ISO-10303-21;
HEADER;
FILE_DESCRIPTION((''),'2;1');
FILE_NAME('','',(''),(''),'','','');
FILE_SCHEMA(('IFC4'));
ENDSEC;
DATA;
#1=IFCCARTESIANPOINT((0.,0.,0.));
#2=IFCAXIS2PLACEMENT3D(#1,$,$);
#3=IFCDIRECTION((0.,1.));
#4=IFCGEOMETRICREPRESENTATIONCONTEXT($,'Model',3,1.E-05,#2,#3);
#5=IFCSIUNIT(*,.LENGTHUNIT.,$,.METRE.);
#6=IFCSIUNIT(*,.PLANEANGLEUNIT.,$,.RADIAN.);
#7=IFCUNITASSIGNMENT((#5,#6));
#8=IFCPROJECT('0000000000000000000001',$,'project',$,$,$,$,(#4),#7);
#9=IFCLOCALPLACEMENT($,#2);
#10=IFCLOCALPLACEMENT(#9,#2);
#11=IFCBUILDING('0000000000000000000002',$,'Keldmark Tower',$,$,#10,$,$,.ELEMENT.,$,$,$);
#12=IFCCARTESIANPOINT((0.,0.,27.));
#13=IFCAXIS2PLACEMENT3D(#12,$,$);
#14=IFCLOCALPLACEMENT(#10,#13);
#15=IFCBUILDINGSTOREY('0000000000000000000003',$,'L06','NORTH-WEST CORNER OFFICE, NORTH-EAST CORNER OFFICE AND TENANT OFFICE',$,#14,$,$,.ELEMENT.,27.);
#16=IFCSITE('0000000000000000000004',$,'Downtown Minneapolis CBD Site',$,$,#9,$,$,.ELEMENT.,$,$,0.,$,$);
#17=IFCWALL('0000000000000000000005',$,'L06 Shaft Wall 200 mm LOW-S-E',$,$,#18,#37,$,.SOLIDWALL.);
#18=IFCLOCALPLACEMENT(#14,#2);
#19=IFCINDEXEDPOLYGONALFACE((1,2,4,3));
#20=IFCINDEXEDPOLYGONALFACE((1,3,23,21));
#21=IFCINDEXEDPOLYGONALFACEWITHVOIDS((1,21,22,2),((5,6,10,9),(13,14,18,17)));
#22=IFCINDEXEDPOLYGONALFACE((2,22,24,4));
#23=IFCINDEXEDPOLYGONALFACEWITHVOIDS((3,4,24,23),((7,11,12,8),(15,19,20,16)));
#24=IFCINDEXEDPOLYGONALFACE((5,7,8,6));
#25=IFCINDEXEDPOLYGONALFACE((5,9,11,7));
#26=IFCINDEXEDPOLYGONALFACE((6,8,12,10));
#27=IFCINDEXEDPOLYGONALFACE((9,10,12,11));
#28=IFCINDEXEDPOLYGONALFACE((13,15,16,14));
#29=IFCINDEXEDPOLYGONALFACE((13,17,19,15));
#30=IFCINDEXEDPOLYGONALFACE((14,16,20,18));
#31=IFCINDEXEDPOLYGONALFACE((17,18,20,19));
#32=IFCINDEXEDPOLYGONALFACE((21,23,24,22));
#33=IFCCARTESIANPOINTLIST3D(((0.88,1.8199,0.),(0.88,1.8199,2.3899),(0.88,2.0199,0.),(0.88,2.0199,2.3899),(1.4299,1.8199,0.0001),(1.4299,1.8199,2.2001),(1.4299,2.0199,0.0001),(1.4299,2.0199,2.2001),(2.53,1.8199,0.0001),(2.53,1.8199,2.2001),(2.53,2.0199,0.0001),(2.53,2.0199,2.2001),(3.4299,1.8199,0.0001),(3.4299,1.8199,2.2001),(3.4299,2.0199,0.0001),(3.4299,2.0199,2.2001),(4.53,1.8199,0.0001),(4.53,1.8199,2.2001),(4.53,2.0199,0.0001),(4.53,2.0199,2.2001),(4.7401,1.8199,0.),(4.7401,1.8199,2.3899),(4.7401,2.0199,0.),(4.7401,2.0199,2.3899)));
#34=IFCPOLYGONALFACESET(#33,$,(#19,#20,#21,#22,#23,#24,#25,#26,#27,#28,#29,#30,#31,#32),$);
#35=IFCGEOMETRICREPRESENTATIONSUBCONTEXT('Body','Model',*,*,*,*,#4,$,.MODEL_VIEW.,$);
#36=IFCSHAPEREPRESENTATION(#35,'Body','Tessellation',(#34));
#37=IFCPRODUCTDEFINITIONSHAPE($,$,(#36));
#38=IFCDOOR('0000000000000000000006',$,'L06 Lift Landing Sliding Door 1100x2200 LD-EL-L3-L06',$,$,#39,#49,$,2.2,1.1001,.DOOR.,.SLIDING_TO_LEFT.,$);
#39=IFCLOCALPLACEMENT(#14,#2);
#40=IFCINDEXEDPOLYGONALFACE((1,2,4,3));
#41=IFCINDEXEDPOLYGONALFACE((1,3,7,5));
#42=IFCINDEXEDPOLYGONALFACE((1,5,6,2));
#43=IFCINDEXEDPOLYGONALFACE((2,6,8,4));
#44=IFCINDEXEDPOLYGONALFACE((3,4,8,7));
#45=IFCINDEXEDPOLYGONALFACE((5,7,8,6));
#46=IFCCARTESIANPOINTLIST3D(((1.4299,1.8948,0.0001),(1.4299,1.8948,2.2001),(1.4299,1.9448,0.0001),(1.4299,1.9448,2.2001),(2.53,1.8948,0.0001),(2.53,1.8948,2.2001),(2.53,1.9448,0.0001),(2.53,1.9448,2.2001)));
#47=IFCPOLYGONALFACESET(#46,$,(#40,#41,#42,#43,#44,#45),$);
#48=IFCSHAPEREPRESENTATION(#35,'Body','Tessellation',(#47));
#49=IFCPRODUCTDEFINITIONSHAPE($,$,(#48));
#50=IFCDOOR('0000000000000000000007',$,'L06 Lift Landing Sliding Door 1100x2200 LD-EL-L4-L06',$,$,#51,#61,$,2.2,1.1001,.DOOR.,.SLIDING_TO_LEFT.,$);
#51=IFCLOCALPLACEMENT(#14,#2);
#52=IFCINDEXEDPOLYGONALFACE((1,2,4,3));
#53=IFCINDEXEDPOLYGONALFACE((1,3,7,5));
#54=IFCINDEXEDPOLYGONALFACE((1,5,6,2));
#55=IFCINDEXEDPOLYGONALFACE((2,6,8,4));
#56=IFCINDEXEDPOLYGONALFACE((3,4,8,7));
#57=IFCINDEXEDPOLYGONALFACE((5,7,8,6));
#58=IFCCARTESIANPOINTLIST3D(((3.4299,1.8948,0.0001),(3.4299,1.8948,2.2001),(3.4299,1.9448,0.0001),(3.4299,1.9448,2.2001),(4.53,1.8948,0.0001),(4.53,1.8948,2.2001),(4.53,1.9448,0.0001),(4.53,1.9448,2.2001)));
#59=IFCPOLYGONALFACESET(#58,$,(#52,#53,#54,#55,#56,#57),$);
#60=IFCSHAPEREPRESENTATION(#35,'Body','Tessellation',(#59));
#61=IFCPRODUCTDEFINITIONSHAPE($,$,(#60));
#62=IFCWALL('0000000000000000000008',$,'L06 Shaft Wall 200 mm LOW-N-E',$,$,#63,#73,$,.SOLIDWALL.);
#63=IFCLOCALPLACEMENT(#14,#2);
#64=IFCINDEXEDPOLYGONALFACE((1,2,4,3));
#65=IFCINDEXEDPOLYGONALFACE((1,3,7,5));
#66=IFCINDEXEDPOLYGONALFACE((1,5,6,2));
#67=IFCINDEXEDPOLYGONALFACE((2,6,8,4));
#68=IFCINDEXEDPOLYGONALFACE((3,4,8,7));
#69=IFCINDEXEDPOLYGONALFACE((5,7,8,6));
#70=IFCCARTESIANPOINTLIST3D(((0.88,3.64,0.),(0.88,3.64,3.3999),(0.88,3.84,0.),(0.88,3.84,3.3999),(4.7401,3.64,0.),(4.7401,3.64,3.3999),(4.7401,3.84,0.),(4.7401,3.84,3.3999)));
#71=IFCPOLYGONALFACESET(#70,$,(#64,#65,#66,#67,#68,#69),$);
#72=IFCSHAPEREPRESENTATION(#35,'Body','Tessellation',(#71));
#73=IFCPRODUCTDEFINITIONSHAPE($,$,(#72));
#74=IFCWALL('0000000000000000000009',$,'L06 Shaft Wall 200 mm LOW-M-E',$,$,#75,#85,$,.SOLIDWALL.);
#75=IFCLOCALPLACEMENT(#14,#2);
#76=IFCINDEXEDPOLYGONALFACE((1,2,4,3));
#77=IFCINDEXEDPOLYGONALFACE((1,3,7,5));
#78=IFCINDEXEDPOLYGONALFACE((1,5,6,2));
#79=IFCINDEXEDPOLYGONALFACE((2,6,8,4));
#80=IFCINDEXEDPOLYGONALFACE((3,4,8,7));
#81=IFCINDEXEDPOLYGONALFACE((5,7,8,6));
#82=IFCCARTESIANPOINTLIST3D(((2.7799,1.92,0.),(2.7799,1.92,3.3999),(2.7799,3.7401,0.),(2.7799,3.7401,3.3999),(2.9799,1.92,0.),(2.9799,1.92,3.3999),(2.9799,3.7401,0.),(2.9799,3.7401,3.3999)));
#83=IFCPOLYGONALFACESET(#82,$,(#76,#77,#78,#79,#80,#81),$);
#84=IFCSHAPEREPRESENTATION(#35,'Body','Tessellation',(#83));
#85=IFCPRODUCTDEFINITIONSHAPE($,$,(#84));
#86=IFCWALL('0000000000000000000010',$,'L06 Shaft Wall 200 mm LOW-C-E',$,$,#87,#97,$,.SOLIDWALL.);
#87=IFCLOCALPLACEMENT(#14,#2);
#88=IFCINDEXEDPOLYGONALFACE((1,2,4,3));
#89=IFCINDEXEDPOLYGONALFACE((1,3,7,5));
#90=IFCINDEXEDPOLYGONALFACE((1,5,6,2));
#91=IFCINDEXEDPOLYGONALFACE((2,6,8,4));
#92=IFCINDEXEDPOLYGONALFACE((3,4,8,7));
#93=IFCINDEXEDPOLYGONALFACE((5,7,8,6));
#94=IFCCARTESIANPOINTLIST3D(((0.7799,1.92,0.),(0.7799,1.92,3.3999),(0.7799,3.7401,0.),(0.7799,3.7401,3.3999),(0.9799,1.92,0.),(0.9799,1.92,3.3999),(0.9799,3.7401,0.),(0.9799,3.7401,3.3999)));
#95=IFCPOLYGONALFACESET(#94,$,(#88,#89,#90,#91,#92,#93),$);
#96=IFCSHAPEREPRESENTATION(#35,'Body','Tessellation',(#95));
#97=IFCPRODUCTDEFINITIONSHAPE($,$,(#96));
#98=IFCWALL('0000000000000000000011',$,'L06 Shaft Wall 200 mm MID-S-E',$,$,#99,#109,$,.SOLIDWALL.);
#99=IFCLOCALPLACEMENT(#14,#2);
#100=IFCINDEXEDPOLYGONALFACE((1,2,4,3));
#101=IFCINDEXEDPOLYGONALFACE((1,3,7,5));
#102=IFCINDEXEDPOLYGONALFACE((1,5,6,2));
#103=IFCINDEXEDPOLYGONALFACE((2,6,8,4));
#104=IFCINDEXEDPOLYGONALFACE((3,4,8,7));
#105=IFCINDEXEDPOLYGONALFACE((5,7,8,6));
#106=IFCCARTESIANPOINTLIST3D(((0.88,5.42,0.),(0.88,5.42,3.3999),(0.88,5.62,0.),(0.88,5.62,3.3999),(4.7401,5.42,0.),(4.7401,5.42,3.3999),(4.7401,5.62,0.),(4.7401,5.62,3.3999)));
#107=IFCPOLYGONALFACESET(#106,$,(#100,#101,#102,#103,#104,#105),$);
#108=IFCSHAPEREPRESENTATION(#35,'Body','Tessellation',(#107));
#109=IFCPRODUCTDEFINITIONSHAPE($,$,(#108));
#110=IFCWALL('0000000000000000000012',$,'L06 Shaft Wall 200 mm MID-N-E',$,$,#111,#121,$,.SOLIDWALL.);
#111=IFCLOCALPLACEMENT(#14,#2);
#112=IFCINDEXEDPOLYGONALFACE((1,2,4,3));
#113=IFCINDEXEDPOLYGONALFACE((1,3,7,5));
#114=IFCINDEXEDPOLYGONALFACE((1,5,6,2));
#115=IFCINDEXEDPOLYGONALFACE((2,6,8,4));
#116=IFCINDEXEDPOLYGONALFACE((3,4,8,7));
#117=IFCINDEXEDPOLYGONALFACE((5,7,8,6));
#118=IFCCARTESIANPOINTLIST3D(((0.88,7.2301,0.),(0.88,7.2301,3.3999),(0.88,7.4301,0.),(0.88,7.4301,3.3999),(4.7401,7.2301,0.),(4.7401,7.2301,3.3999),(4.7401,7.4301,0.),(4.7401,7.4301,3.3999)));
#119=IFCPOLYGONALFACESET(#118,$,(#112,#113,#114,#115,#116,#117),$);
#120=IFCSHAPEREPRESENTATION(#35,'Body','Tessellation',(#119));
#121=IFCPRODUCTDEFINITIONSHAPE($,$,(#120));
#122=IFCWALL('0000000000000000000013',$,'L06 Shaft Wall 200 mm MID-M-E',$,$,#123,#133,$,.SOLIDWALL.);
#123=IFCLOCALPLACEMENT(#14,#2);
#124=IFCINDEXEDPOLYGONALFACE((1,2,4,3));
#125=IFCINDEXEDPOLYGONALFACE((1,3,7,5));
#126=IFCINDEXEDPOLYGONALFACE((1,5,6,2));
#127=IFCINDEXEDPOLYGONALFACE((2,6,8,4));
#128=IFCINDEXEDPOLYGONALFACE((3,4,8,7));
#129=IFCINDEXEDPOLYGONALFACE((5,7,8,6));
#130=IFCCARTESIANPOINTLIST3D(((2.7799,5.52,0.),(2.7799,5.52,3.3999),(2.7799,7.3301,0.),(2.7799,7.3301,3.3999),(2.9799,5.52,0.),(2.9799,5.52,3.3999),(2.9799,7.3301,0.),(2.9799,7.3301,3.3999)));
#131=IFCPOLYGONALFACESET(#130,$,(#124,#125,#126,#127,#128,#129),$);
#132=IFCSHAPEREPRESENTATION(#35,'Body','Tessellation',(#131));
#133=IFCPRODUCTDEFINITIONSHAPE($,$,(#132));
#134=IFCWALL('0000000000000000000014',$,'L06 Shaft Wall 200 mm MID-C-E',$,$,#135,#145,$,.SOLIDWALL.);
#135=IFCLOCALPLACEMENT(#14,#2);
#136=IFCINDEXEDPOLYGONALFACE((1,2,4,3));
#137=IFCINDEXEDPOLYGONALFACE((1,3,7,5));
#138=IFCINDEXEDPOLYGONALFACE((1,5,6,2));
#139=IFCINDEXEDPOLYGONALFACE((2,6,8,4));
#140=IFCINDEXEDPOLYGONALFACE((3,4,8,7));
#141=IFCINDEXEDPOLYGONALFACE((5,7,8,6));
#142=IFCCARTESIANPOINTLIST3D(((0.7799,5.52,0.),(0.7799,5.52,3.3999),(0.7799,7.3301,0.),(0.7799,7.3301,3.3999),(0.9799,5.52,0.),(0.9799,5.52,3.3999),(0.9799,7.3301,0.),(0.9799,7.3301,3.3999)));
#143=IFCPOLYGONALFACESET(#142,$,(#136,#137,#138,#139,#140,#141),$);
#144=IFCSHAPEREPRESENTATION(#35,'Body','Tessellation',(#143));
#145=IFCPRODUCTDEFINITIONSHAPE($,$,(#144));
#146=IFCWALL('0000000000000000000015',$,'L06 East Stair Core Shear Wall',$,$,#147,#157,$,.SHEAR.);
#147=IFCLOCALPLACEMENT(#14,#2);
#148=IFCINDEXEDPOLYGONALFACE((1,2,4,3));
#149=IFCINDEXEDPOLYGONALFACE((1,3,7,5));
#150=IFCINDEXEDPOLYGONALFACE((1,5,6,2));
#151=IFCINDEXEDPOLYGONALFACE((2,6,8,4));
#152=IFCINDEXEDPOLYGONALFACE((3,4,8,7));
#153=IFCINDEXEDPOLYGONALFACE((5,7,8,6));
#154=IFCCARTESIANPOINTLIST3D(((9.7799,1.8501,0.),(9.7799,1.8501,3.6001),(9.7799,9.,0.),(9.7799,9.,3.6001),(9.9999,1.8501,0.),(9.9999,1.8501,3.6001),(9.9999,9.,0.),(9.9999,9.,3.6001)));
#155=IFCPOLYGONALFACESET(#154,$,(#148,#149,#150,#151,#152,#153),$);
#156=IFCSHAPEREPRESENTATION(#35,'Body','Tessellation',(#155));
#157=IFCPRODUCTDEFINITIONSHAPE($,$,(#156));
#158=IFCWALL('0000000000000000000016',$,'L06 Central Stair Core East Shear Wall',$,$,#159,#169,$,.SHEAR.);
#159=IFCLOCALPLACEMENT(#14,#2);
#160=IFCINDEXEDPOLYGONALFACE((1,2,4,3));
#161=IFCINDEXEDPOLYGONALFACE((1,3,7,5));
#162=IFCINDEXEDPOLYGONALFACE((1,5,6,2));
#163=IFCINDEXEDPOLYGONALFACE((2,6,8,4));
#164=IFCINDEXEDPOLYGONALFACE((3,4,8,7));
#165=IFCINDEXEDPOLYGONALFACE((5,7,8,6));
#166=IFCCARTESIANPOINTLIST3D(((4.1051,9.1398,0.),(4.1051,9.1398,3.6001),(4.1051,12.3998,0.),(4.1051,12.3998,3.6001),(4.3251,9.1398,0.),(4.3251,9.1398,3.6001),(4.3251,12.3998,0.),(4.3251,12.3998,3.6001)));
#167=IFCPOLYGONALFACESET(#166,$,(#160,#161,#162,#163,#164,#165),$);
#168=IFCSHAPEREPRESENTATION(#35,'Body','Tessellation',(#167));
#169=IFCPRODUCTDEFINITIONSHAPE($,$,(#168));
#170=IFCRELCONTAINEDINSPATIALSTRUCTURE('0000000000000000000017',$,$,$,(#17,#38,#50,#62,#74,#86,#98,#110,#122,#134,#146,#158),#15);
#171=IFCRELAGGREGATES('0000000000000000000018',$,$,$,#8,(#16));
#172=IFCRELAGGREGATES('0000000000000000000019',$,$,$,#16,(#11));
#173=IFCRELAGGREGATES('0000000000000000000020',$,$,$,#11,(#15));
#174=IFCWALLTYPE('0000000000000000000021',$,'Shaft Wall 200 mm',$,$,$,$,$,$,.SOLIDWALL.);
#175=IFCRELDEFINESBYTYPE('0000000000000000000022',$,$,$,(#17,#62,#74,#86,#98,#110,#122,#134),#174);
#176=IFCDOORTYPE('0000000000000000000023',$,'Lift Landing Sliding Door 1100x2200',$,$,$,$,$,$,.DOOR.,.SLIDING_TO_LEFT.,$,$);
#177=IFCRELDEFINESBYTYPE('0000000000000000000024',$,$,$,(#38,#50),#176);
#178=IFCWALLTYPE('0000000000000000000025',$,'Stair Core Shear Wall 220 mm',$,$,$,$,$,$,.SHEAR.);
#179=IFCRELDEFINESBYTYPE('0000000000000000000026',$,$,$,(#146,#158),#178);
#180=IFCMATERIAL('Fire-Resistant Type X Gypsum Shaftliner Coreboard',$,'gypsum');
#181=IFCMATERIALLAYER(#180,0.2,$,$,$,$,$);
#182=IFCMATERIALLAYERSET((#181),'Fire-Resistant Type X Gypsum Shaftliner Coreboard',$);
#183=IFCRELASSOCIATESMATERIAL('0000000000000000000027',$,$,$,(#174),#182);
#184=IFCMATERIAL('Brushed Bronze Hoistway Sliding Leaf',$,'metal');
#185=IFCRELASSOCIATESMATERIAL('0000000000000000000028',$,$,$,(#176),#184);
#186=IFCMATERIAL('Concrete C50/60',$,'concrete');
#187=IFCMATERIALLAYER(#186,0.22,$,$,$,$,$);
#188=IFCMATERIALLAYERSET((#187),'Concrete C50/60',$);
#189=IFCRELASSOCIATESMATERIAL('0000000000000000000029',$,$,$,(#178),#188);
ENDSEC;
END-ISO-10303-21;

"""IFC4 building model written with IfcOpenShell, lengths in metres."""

from ifc_helpers import new_model, si_unit, direction, frame, frame_2d, origin, place, context, subcontext, project, spatial, rectangle, extrude, material, layer, layer_set, type_object, element, fill, save


model = new_model("IFC4")

# Units and contexts
model_context = context("Model", 3, precision=1e-05, world=origin(), true_north=direction((0.0, 1.0)))
body_context = subcontext(model_context, "Body", "Model", "MODEL_VIEW")
ifc_project = project(units=[si_unit("LENGTHUNIT", "METRE"), si_unit("PLANEANGLEUNIT", "RADIAN")], contexts=[model_context])

# Site, building, storey
site_placement = place(None, origin())
site = spatial("IfcSite", under=ifc_project, at=site_placement, Name="Downtown Minneapolis CBD Site", CompositionType="ELEMENT", RefElevation=0.0)
building_placement = place(site_placement, origin())
building = spatial("IfcBuilding", under=site, at=building_placement, Name="Keldmark Tower", CompositionType="ELEMENT")
storey_placement = place(building_placement, frame((0.0, 0.0, 27.0)))
storey = spatial("IfcBuildingStorey", under=building, at=storey_placement, Name="L06", Description="NORTH-WEST CORNER OFFICE, NORTH-EAST CORNER OFFICE AND TENANT OFFICE", CompositionType="ELEMENT", Elevation=27.0)

# Shared definitions
ifc_material_1 = material(Name="Fire-Resistant Type X Gypsum Shaftliner Coreboard", Category="gypsum")
ifc_layer_1 = layer(ifc_material_1, 0.2)
ifc_layer_set_1 = layer_set([ifc_layer_1], Name="Fire-Resistant Type X Gypsum Shaftliner Coreboard")
wall_type_1 = type_object("IfcWallType", Name="Shaft Wall 200 mm", PredefinedType="SOLIDWALL", material=ifc_layer_set_1)

# Wall, openings, doors
wall_1_placement = place(storey_placement, frame((0.8799, 1.9199, 0.0), z_axis=(0.0, 0.0, 1.0), x_axis=(1.0, 0.0, 0.0)))
wall_1 = element("IfcWall", 1, at=wall_1_placement, inside=storey, type_object=wall_type_1, Name="L06 Shaft Wall 200 mm LOW-S-E", PredefinedType="SOLIDWALL", context=body_context, shape_type="SweptSolid", body=[
    extrude(rectangle(XDim=3.8601, YDim=0.2, at=frame_2d((1.9302, 0.0))), origin(), (0.0, 0.0, 1.0), 2.3899),
])
opening_1_placement = place(wall_1_placement, frame((0.55, 0.0, 0.0)))
opening_1 = element("IfcOpeningElement", 2, at=opening_1_placement, cuts=wall_1, PredefinedType="OPENING", context=body_context, shape_type="SweptSolid", body=[
    extrude(rectangle(XDim=1.1001, YDim=2.2, at=frame_2d((0.55, 1.1001))), frame((0.0, 0.1099, 0.0), z_axis=(0.0, -1.0, 0.0), x_axis=(1.0, 0.0, 0.0)), (0.0, 0.0, 1.0), 0.22),
])
opening_2_placement = place(wall_1_placement, frame((2.55, 0.0, 0.0)))
opening_2 = element("IfcOpeningElement", 3, at=opening_2_placement, cuts=wall_1, PredefinedType="OPENING", context=body_context, shape_type="SweptSolid", body=[
    extrude(rectangle(XDim=1.1001, YDim=2.2, at=frame_2d((0.55, 1.1001))), frame((0.0, 0.1099, 0.0), z_axis=(0.0, -1.0, 0.0), x_axis=(1.0, 0.0, 0.0)), (0.0, 0.0, 1.0), 0.22),
])
ifc_material_2 = material(Name="Brushed Bronze Hoistway Sliding Leaf", Category="metal")
door_type_1 = type_object("IfcDoorType", Name="Lift Landing Sliding Door 1100x2200", OperationType="SLIDING_TO_LEFT", PredefinedType="DOOR", material=ifc_material_2)
door_1_placement = place(opening_1_placement, origin())
door_1 = element("IfcDoor", 4, at=door_1_placement, inside=storey, type_object=door_type_1, Name="L06 Lift Landing Sliding Door 1100x2200 LD-EL-L3-L06", OperationType="SLIDING_TO_LEFT", OverallHeight=2.2, OverallWidth=1.1001, PredefinedType="DOOR", context=body_context, shape_type="SweptSolid", body=[
    extrude(rectangle(XDim=1.1001, YDim=2.2, at=frame_2d((0.55, 1.1001))), frame((0.0, 0.0249, 0.0), z_axis=(0.0, -1.0, 0.0), x_axis=(1.0, 0.0, 0.0)), (0.0, 0.0, 1.0), 0.05),
])
fill(opening_1, door_1)
door_2_placement = place(opening_2_placement, origin())
door_2 = element("IfcDoor", 5, at=door_2_placement, inside=storey, type_object=door_type_1, Name="L06 Lift Landing Sliding Door 1100x2200 LD-EL-L4-L06", OperationType="SLIDING_TO_LEFT", OverallHeight=2.2, OverallWidth=1.1001, PredefinedType="DOOR", context=body_context, shape_type="SweptSolid", body=[
    extrude(rectangle(XDim=1.1001, YDim=2.2, at=frame_2d((0.55, 1.1001))), frame((0.0, 0.0249, 0.0), z_axis=(0.0, -1.0, 0.0), x_axis=(1.0, 0.0, 0.0)), (0.0, 0.0, 1.0), 0.05),
])
fill(opening_2, door_2)

# Walls
wall_2_placement = place(storey_placement, frame((0.8799, 3.74, 0.0), z_axis=(0.0, 0.0, 1.0), x_axis=(1.0, 0.0, 0.0)))
element("IfcWall", 6, at=wall_2_placement, inside=storey, type_object=wall_type_1, Name="L06 Shaft Wall 200 mm LOW-N-E", PredefinedType="SOLIDWALL", context=body_context, shape_type="SweptSolid", body=[
    extrude(rectangle(XDim=3.8601, YDim=0.2, at=frame_2d((1.9302, 0.0))), origin(), (0.0, 0.0, 1.0), 3.3999),
])
for number, where, z_axis, x_axis, name in (
    (7, (2.8799, 1.9199, 0.0), (0.0, 0.0, 1.0), (0.0, 1.0, 0.0), "L06 Shaft Wall 200 mm LOW-M-E"),
    (8, (0.8799, 1.9199, 0.0), (0.0, 0.0, 1.0), (0.0, 1.0, 0.0), "L06 Shaft Wall 200 mm LOW-C-E"),
):
    element("IfcWall", number, at=place(storey_placement, frame(where, z_axis=z_axis, x_axis=x_axis)), inside=storey, type_object=wall_type_1, Name=name, PredefinedType="SOLIDWALL", context=body_context, shape_type="SweptSolid", body=[
        extrude(rectangle(XDim=1.8201, YDim=0.2, at=frame_2d((0.9102, 0.0))), origin(), (0.0, 0.0, 1.0), 3.3999),
    ])
for number, where, z_axis, x_axis, name in (
    (9, (0.8799, 5.52, 0.0), (0.0, 0.0, 1.0), (1.0, 0.0, 0.0), "L06 Shaft Wall 200 mm MID-S-E"),
    (10, (0.8799, 7.3301, 0.0), (0.0, 0.0, 1.0), (1.0, 0.0, 0.0), "L06 Shaft Wall 200 mm MID-N-E"),
):
    element("IfcWall", number, at=place(storey_placement, frame(where, z_axis=z_axis, x_axis=x_axis)), inside=storey, type_object=wall_type_1, Name=name, PredefinedType="SOLIDWALL", context=body_context, shape_type="SweptSolid", body=[
        extrude(rectangle(XDim=3.8601, YDim=0.2, at=frame_2d((1.9302, 0.0))), origin(), (0.0, 0.0, 1.0), 3.3999),
    ])
for number, where, z_axis, x_axis, name in (
    (11, (2.8799, 5.52, 0.0), (0.0, 0.0, 1.0), (0.0, 1.0, 0.0), "L06 Shaft Wall 200 mm MID-M-E"),
    (12, (0.8799, 5.52, 0.0), (0.0, 0.0, 1.0), (0.0, 1.0, 0.0), "L06 Shaft Wall 200 mm MID-C-E"),
):
    element("IfcWall", number, at=place(storey_placement, frame(where, z_axis=z_axis, x_axis=x_axis)), inside=storey, type_object=wall_type_1, Name=name, PredefinedType="SOLIDWALL", context=body_context, shape_type="SweptSolid", body=[
        extrude(rectangle(XDim=1.8101, YDim=0.2, at=frame_2d((0.905, 0.0))), origin(), (0.0, 0.0, 1.0), 3.3999),
    ])
ifc_material_3 = material(Name="Concrete C50/60", Category="concrete")
ifc_layer_2 = layer(ifc_material_3, 0.22)
ifc_layer_set_2 = layer_set([ifc_layer_2], Name="Concrete C50/60")
wall_type_2 = type_object("IfcWallType", Name="Stair Core Shear Wall 220 mm", PredefinedType="SHEAR", material=ifc_layer_set_2)
wall_3_placement = place(storey_placement, frame((9.8899, 1.8501, 0.0), z_axis=(0.0, 0.0, 1.0), x_axis=(0.0, 1.0, 0.0)))
element("IfcWall", 13, at=wall_3_placement, inside=storey, type_object=wall_type_2, Name="L06 East Stair Core Shear Wall", PredefinedType="SHEAR", context=body_context, shape_type="SweptSolid", body=[
    extrude(rectangle(XDim=7.1499, YDim=0.22, at=frame_2d((3.575, 0.0))), origin(), (0.0, 0.0, 1.0), 3.6001),
])
wall_4_placement = place(storey_placement, frame((4.2151, 9.1399, 0.0), z_axis=(0.0, 0.0, 1.0), x_axis=(0.0, 1.0, 0.0)))
element("IfcWall", 14, at=wall_4_placement, inside=storey, type_object=wall_type_2, Name="L06 Central Stair Core East Shear Wall", PredefinedType="SHEAR", context=body_context, shape_type="SweptSolid", body=[
    extrude(rectangle(XDim=3.26, YDim=0.22, at=frame_2d((1.6299, 0.0))), origin(), (0.0, 0.0, 1.0), 3.6001),
])

save(model, "model.ifc")
